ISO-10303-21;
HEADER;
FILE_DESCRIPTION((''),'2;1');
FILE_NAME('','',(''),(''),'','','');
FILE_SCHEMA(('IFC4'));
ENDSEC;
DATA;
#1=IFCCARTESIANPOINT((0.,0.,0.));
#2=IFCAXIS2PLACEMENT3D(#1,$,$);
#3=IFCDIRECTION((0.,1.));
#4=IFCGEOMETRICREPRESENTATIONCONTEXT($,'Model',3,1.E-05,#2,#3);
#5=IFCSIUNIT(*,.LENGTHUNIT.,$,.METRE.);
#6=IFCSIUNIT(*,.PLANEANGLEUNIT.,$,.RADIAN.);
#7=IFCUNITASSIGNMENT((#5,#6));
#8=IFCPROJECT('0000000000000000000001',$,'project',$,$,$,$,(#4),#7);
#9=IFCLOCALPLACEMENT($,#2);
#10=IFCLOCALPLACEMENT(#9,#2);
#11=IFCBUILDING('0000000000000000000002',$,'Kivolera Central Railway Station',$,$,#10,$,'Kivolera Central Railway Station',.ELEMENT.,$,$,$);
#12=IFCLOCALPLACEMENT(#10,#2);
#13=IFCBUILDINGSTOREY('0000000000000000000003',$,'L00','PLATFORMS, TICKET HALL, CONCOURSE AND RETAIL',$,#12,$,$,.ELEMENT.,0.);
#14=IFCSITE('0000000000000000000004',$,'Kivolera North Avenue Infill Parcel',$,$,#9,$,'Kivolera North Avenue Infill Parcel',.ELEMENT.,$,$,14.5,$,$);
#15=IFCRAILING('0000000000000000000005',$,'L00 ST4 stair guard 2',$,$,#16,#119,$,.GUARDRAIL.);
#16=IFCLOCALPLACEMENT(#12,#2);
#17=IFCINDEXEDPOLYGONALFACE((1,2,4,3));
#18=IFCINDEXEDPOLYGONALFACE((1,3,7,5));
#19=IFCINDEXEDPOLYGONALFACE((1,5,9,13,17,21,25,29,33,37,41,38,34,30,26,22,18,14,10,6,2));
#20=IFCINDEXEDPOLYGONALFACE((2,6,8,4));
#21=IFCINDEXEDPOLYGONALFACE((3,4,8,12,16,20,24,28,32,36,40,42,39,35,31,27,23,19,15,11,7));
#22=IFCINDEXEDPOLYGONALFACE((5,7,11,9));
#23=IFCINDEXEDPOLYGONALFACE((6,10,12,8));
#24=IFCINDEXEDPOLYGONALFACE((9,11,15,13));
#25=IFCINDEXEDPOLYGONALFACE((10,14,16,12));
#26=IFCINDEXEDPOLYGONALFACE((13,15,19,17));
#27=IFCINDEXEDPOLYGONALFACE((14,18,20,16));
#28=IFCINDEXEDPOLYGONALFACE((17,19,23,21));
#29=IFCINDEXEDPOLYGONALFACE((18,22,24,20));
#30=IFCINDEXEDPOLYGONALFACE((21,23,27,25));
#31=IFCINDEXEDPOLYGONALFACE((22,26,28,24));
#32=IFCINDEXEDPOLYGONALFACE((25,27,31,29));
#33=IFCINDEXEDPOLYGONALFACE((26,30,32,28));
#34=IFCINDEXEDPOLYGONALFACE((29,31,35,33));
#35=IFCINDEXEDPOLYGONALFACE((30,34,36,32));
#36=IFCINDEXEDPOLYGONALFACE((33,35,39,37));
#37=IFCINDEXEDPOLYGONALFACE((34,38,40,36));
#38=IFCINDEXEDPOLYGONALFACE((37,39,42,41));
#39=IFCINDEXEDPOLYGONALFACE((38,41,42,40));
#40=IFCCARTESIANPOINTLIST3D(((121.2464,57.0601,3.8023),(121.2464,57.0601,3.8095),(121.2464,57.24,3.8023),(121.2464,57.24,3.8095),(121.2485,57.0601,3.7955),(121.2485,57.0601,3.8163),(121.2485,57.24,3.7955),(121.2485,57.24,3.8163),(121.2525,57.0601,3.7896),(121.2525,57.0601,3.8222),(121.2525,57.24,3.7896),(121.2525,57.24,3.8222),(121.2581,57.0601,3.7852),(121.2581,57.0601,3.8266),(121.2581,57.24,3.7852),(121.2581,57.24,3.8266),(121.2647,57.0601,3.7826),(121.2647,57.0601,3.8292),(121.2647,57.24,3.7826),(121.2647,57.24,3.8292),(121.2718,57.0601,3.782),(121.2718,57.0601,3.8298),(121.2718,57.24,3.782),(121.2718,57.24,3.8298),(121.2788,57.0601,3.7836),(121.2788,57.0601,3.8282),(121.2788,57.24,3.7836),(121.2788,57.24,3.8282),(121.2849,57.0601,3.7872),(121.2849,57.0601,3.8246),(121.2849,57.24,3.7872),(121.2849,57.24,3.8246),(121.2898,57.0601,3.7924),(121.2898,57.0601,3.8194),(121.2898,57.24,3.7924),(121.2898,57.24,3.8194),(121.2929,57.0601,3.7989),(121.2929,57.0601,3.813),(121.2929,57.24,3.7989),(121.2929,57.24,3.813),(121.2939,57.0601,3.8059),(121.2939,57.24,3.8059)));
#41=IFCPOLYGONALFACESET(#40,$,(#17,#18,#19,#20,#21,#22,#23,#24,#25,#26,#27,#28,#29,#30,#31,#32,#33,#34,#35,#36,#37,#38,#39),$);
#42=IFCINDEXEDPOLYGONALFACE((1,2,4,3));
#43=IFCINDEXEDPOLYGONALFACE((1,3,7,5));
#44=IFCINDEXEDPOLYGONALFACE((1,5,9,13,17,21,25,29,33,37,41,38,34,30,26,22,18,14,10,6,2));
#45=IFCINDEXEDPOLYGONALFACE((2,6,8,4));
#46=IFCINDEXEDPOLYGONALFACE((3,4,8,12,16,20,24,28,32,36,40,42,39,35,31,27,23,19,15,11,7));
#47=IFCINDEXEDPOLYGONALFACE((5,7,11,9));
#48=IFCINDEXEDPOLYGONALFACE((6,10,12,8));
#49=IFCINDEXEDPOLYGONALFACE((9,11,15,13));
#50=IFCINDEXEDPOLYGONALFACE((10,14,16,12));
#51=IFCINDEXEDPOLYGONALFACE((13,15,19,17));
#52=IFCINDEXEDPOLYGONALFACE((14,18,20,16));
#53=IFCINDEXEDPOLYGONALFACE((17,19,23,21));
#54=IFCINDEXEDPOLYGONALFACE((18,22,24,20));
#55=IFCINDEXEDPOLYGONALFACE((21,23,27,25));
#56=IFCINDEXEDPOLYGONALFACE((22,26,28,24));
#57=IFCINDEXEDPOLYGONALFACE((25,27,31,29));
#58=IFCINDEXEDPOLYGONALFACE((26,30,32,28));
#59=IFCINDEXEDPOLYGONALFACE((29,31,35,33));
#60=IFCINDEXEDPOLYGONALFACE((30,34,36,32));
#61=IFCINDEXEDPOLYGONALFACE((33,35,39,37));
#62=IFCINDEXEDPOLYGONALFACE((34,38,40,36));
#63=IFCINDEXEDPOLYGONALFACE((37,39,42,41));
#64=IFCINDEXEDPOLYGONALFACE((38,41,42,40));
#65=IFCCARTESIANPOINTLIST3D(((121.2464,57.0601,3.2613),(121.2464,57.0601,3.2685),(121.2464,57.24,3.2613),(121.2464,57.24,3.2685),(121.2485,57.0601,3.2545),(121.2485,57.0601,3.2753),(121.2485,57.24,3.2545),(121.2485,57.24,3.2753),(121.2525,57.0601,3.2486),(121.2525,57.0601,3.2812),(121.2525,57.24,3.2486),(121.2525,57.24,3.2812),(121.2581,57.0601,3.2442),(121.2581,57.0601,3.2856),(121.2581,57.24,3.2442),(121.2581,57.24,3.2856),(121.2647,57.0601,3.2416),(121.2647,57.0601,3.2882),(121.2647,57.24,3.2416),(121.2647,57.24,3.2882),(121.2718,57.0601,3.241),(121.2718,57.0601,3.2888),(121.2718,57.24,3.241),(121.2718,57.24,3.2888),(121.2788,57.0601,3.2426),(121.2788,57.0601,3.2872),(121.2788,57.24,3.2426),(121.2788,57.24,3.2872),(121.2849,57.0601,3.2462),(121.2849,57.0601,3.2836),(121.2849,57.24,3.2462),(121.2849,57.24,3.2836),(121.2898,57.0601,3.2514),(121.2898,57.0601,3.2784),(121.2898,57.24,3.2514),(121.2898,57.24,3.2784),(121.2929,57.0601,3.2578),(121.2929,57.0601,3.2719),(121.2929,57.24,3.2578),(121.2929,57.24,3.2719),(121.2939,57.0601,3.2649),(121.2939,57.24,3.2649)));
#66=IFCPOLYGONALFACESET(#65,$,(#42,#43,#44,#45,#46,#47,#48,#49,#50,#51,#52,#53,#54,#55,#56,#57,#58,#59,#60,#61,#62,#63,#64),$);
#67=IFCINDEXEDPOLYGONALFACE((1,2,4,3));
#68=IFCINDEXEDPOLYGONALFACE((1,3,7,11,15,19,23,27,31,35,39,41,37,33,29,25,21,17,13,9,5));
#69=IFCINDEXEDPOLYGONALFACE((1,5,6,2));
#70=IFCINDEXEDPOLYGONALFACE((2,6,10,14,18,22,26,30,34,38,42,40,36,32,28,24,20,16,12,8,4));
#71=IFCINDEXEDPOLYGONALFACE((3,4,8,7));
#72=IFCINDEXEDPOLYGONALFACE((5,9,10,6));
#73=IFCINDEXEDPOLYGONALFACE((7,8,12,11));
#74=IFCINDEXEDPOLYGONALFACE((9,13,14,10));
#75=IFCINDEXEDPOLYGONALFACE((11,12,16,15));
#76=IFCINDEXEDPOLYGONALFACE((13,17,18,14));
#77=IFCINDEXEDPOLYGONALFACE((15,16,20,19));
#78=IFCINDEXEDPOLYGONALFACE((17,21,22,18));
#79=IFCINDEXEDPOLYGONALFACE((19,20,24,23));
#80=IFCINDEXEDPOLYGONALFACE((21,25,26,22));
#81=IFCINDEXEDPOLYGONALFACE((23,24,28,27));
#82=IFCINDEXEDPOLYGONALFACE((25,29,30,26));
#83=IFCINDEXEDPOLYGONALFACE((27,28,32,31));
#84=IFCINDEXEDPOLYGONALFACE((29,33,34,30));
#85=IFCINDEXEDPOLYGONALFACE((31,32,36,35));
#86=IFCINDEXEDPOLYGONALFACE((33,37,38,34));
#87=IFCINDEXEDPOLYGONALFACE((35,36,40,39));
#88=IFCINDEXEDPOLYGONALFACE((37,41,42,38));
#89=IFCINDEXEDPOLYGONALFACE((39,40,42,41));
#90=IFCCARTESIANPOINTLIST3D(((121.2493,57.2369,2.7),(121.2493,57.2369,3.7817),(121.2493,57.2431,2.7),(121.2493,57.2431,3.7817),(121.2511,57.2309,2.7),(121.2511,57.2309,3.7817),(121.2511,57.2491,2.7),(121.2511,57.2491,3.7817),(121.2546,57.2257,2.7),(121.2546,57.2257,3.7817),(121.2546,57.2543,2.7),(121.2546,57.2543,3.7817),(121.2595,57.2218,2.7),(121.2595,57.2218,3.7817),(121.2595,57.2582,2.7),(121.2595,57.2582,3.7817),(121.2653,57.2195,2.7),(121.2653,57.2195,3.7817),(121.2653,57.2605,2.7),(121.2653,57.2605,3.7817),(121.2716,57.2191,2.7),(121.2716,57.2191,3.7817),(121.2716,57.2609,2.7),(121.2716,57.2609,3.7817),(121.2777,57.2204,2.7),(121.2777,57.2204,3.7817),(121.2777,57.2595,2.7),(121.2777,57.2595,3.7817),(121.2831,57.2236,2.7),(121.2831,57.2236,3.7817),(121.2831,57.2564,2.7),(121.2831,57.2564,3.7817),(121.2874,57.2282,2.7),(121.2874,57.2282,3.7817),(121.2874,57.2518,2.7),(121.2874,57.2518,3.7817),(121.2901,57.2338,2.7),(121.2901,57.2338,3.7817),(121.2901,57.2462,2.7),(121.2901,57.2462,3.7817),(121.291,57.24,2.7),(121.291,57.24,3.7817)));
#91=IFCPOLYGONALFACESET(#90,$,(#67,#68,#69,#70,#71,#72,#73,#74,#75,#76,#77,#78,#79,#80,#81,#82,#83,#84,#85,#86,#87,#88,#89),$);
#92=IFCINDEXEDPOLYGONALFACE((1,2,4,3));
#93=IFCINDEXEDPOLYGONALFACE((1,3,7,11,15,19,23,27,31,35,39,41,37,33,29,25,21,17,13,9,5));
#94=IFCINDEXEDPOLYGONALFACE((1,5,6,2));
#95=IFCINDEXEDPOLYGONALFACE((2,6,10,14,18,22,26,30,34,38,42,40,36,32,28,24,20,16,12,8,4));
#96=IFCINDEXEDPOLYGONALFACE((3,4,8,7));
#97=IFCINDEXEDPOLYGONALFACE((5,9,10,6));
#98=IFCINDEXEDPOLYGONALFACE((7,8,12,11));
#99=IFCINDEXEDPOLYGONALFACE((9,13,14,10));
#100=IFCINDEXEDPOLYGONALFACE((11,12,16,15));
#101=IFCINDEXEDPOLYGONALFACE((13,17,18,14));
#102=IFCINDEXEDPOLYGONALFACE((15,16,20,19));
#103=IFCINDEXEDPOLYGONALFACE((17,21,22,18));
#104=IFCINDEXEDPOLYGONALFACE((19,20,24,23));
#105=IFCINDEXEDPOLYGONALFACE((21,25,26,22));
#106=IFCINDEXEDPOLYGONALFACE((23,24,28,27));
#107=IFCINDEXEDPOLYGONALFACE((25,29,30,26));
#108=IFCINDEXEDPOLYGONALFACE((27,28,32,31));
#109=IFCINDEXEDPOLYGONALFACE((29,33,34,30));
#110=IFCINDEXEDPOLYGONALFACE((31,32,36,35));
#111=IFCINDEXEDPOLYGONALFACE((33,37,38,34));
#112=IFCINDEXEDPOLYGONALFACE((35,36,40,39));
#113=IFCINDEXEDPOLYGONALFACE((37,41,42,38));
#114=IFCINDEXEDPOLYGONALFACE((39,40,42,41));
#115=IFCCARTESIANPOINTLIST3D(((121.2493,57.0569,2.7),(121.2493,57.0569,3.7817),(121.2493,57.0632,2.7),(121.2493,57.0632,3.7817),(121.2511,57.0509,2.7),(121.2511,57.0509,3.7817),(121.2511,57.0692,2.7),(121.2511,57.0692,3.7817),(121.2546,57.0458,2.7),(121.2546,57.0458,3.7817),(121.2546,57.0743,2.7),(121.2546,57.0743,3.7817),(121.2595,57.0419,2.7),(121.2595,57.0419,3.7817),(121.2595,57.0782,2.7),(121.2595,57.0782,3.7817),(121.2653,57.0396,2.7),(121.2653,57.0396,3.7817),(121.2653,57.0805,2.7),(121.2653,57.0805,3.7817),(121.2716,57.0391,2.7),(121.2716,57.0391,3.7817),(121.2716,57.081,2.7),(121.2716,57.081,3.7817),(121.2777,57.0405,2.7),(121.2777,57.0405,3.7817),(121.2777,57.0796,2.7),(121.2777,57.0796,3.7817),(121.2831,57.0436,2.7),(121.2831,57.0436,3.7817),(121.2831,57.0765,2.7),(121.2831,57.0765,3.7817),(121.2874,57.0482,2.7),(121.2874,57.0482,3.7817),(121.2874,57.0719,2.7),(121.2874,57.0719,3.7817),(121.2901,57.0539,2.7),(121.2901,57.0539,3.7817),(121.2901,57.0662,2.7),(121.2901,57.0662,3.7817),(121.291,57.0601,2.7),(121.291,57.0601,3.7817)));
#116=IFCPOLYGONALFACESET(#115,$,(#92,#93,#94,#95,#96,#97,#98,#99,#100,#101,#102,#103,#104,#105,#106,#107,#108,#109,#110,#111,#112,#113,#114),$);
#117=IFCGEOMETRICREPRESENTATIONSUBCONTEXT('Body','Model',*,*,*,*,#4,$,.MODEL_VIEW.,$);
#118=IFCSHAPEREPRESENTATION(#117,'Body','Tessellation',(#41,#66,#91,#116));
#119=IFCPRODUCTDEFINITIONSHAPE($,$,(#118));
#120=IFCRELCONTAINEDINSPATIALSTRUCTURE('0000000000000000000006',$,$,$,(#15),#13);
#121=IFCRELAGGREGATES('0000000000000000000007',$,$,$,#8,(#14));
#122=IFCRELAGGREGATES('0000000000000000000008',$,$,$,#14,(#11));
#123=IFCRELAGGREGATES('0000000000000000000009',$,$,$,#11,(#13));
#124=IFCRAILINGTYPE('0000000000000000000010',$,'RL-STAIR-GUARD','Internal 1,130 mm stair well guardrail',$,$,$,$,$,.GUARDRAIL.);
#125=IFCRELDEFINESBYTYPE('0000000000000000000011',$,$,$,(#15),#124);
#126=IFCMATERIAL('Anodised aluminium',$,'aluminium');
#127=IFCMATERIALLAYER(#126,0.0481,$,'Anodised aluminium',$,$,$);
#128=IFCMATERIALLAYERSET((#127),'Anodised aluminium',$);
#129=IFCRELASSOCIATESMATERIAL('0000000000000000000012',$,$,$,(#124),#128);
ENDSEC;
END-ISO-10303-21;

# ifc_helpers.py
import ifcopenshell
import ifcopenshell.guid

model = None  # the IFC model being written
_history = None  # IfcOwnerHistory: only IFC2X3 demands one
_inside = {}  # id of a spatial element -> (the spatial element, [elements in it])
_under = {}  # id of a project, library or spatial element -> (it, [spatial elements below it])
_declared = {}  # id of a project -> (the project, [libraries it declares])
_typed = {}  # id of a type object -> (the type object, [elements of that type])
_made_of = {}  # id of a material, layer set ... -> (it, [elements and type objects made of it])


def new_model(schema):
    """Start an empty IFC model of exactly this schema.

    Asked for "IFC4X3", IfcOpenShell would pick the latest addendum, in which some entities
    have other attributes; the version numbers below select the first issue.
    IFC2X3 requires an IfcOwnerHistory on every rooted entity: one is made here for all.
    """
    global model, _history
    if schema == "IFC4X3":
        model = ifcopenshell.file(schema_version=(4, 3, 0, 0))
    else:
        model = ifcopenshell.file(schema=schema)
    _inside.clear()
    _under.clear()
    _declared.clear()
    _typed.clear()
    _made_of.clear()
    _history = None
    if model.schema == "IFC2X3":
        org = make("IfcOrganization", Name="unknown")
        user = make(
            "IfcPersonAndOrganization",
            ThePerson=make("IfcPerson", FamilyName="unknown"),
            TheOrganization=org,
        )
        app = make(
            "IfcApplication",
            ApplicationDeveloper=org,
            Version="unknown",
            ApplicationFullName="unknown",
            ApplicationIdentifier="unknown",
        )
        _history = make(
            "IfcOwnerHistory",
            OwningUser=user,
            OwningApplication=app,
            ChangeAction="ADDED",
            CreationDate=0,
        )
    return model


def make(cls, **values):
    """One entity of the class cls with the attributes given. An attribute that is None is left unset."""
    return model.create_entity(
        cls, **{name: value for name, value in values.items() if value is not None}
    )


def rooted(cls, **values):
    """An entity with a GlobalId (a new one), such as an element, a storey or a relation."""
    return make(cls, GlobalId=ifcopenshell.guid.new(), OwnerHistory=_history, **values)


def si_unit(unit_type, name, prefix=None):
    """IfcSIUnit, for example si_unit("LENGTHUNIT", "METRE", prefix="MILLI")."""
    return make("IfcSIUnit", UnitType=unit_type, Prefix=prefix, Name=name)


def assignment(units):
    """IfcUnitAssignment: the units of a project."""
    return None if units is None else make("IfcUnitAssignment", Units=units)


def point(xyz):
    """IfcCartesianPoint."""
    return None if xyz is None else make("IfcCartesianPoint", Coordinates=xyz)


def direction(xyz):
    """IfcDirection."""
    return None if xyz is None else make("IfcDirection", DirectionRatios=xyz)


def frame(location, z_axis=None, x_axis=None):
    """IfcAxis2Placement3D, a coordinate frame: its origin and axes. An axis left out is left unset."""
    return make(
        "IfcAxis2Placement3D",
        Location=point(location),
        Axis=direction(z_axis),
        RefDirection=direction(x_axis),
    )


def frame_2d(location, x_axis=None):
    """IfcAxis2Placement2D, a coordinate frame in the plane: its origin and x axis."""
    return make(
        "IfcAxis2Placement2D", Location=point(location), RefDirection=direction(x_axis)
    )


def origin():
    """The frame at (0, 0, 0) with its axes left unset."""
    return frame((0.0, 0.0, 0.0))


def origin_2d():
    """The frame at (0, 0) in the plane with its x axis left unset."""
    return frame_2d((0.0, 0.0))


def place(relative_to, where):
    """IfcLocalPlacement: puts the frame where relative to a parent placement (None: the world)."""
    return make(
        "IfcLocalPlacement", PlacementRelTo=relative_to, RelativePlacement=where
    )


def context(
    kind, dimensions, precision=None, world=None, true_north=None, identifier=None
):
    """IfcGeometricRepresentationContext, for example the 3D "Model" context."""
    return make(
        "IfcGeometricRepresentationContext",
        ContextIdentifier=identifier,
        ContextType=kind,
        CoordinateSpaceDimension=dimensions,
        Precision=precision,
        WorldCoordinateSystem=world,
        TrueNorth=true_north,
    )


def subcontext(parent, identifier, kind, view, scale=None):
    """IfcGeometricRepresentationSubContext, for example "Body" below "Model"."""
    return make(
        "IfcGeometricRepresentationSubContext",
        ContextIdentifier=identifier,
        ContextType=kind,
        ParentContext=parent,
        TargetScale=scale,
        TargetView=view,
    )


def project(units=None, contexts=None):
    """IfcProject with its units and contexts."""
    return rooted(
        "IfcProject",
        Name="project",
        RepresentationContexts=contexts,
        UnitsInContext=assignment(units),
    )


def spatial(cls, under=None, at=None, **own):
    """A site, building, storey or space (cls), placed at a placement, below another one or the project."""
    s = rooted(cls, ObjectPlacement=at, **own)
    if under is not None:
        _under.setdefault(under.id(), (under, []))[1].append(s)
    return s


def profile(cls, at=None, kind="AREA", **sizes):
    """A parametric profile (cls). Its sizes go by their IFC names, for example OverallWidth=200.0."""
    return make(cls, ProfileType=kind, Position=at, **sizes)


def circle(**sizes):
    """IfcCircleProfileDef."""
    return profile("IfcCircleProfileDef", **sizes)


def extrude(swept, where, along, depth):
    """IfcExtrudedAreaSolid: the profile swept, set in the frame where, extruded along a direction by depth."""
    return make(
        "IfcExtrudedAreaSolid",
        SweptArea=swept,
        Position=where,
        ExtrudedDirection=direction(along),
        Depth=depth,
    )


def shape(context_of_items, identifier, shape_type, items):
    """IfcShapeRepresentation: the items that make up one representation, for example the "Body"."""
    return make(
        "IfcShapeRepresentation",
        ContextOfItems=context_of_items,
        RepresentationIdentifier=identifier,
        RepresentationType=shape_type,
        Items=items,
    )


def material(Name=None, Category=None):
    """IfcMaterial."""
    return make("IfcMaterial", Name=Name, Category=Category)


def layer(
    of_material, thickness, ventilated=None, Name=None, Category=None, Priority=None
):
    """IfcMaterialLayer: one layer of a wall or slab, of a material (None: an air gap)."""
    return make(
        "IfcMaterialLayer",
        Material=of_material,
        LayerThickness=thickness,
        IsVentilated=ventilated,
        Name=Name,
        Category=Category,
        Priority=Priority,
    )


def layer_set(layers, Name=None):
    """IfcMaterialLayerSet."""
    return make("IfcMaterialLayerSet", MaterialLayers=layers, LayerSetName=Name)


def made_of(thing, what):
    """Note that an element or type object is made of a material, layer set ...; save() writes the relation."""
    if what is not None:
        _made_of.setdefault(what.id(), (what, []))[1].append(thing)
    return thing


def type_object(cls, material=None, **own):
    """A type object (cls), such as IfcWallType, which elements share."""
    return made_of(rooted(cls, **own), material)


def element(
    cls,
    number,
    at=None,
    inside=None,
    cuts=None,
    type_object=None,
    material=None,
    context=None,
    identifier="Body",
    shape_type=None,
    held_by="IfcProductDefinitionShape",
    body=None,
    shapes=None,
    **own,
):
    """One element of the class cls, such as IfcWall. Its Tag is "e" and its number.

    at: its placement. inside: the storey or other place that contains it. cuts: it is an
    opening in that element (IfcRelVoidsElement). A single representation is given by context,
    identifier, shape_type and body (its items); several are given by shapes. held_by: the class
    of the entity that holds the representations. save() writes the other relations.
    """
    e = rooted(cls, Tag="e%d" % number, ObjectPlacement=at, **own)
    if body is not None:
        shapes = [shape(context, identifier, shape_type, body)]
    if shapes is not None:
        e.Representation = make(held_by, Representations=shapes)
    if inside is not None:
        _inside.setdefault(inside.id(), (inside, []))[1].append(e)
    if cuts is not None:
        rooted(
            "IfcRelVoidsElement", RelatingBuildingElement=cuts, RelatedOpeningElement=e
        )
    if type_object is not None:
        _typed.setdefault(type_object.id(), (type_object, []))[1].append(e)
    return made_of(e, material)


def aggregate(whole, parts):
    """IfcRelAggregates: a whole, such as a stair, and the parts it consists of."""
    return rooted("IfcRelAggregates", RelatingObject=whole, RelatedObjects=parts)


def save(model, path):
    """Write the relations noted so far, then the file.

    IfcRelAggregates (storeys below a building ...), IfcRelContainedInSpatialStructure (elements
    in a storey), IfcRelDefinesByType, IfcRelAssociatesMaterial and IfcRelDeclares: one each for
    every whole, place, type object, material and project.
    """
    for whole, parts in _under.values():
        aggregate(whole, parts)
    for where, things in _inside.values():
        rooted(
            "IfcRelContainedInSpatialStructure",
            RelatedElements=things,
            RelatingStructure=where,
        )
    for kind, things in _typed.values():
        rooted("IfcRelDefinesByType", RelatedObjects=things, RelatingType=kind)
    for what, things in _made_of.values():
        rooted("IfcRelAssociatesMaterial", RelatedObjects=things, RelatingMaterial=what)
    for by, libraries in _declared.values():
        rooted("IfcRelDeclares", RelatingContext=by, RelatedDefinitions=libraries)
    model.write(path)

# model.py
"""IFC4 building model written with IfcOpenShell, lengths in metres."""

from ifc_helpers import new_model, si_unit, direction, frame, origin, origin_2d, place, context, subcontext, project, spatial, circle, extrude, material, layer, layer_set, type_object, element, save


model = new_model("IFC4")

# Units and contexts
model_context = context("Model", 3, precision=1e-05, world=origin(), true_north=direction((0.0, 1.0)))
body_context = subcontext(model_context, "Body", "Model", "MODEL_VIEW")
ifc_project = project(units=[si_unit("LENGTHUNIT", "METRE"), si_unit("PLANEANGLEUNIT", "RADIAN")], contexts=[model_context])

# Site, building, storey
site_placement = place(None, origin())
site = spatial("IfcSite", under=ifc_project, at=site_placement, Name="Kivolera North Avenue Infill Parcel", LongName="Kivolera North Avenue Infill Parcel", CompositionType="ELEMENT", RefElevation=14.5)
building_placement = place(site_placement, origin())
building = spatial("IfcBuilding", under=site, at=building_placement, Name="Kivolera Central Railway Station", LongName="Kivolera Central Railway Station", CompositionType="ELEMENT")
storey_placement = place(building_placement, origin())
storey = spatial("IfcBuildingStorey", under=building, at=storey_placement, Name="L00", Description="PLATFORMS, TICKET HALL, CONCOURSE AND RETAIL", CompositionType="ELEMENT", Elevation=0.0)

# Railing
ifc_material_1 = material(Name="Anodised aluminium", Category="aluminium")
ifc_layer_1 = layer(ifc_material_1, 0.0481, Name="Anodised aluminium")
ifc_layer_set_1 = layer_set([ifc_layer_1], Name="Anodised aluminium")
railing_type_1 = type_object("IfcRailingType", Name="RL-STAIR-GUARD", Description="Internal 1,130 mm stair well guardrail", PredefinedType="GUARDRAIL", material=ifc_layer_set_1)
railing_1_placement = place(storey_placement, frame((121.27, 57.24, 2.7)))
element("IfcRailing", 1, at=railing_1_placement, inside=storey, type_object=railing_type_1, Name="L00 ST4 stair guard 2", PredefinedType="GUARDRAIL", context=body_context, shape_type="SweptSolid", body=[
    extrude(circle(Radius=0.0239, at=origin_2d()), frame((0.0, 0.0, 1.106), z_axis=(0.0, -1.0, 0.0), x_axis=(1.0, 0.0, 0.0)), (0.0, 0.0, 1.0), 0.1799),
    extrude(circle(Radius=0.0239, at=origin_2d()), frame((0.0, 0.0, 0.5649), z_axis=(0.0, -1.0, 0.0), x_axis=(1.0, 0.0, 0.0)), (0.0, 0.0, 1.0), 0.1799),
    extrude(circle(Radius=0.021, at=origin_2d()), origin(), (0.0, 0.0, 1.0), 1.0818),
    extrude(circle(Radius=0.021, at=origin_2d()), frame((0.0, -0.1799, 0.0)), (0.0, 0.0, 1.0), 1.0818),
])

save(model, "model.ifc")
